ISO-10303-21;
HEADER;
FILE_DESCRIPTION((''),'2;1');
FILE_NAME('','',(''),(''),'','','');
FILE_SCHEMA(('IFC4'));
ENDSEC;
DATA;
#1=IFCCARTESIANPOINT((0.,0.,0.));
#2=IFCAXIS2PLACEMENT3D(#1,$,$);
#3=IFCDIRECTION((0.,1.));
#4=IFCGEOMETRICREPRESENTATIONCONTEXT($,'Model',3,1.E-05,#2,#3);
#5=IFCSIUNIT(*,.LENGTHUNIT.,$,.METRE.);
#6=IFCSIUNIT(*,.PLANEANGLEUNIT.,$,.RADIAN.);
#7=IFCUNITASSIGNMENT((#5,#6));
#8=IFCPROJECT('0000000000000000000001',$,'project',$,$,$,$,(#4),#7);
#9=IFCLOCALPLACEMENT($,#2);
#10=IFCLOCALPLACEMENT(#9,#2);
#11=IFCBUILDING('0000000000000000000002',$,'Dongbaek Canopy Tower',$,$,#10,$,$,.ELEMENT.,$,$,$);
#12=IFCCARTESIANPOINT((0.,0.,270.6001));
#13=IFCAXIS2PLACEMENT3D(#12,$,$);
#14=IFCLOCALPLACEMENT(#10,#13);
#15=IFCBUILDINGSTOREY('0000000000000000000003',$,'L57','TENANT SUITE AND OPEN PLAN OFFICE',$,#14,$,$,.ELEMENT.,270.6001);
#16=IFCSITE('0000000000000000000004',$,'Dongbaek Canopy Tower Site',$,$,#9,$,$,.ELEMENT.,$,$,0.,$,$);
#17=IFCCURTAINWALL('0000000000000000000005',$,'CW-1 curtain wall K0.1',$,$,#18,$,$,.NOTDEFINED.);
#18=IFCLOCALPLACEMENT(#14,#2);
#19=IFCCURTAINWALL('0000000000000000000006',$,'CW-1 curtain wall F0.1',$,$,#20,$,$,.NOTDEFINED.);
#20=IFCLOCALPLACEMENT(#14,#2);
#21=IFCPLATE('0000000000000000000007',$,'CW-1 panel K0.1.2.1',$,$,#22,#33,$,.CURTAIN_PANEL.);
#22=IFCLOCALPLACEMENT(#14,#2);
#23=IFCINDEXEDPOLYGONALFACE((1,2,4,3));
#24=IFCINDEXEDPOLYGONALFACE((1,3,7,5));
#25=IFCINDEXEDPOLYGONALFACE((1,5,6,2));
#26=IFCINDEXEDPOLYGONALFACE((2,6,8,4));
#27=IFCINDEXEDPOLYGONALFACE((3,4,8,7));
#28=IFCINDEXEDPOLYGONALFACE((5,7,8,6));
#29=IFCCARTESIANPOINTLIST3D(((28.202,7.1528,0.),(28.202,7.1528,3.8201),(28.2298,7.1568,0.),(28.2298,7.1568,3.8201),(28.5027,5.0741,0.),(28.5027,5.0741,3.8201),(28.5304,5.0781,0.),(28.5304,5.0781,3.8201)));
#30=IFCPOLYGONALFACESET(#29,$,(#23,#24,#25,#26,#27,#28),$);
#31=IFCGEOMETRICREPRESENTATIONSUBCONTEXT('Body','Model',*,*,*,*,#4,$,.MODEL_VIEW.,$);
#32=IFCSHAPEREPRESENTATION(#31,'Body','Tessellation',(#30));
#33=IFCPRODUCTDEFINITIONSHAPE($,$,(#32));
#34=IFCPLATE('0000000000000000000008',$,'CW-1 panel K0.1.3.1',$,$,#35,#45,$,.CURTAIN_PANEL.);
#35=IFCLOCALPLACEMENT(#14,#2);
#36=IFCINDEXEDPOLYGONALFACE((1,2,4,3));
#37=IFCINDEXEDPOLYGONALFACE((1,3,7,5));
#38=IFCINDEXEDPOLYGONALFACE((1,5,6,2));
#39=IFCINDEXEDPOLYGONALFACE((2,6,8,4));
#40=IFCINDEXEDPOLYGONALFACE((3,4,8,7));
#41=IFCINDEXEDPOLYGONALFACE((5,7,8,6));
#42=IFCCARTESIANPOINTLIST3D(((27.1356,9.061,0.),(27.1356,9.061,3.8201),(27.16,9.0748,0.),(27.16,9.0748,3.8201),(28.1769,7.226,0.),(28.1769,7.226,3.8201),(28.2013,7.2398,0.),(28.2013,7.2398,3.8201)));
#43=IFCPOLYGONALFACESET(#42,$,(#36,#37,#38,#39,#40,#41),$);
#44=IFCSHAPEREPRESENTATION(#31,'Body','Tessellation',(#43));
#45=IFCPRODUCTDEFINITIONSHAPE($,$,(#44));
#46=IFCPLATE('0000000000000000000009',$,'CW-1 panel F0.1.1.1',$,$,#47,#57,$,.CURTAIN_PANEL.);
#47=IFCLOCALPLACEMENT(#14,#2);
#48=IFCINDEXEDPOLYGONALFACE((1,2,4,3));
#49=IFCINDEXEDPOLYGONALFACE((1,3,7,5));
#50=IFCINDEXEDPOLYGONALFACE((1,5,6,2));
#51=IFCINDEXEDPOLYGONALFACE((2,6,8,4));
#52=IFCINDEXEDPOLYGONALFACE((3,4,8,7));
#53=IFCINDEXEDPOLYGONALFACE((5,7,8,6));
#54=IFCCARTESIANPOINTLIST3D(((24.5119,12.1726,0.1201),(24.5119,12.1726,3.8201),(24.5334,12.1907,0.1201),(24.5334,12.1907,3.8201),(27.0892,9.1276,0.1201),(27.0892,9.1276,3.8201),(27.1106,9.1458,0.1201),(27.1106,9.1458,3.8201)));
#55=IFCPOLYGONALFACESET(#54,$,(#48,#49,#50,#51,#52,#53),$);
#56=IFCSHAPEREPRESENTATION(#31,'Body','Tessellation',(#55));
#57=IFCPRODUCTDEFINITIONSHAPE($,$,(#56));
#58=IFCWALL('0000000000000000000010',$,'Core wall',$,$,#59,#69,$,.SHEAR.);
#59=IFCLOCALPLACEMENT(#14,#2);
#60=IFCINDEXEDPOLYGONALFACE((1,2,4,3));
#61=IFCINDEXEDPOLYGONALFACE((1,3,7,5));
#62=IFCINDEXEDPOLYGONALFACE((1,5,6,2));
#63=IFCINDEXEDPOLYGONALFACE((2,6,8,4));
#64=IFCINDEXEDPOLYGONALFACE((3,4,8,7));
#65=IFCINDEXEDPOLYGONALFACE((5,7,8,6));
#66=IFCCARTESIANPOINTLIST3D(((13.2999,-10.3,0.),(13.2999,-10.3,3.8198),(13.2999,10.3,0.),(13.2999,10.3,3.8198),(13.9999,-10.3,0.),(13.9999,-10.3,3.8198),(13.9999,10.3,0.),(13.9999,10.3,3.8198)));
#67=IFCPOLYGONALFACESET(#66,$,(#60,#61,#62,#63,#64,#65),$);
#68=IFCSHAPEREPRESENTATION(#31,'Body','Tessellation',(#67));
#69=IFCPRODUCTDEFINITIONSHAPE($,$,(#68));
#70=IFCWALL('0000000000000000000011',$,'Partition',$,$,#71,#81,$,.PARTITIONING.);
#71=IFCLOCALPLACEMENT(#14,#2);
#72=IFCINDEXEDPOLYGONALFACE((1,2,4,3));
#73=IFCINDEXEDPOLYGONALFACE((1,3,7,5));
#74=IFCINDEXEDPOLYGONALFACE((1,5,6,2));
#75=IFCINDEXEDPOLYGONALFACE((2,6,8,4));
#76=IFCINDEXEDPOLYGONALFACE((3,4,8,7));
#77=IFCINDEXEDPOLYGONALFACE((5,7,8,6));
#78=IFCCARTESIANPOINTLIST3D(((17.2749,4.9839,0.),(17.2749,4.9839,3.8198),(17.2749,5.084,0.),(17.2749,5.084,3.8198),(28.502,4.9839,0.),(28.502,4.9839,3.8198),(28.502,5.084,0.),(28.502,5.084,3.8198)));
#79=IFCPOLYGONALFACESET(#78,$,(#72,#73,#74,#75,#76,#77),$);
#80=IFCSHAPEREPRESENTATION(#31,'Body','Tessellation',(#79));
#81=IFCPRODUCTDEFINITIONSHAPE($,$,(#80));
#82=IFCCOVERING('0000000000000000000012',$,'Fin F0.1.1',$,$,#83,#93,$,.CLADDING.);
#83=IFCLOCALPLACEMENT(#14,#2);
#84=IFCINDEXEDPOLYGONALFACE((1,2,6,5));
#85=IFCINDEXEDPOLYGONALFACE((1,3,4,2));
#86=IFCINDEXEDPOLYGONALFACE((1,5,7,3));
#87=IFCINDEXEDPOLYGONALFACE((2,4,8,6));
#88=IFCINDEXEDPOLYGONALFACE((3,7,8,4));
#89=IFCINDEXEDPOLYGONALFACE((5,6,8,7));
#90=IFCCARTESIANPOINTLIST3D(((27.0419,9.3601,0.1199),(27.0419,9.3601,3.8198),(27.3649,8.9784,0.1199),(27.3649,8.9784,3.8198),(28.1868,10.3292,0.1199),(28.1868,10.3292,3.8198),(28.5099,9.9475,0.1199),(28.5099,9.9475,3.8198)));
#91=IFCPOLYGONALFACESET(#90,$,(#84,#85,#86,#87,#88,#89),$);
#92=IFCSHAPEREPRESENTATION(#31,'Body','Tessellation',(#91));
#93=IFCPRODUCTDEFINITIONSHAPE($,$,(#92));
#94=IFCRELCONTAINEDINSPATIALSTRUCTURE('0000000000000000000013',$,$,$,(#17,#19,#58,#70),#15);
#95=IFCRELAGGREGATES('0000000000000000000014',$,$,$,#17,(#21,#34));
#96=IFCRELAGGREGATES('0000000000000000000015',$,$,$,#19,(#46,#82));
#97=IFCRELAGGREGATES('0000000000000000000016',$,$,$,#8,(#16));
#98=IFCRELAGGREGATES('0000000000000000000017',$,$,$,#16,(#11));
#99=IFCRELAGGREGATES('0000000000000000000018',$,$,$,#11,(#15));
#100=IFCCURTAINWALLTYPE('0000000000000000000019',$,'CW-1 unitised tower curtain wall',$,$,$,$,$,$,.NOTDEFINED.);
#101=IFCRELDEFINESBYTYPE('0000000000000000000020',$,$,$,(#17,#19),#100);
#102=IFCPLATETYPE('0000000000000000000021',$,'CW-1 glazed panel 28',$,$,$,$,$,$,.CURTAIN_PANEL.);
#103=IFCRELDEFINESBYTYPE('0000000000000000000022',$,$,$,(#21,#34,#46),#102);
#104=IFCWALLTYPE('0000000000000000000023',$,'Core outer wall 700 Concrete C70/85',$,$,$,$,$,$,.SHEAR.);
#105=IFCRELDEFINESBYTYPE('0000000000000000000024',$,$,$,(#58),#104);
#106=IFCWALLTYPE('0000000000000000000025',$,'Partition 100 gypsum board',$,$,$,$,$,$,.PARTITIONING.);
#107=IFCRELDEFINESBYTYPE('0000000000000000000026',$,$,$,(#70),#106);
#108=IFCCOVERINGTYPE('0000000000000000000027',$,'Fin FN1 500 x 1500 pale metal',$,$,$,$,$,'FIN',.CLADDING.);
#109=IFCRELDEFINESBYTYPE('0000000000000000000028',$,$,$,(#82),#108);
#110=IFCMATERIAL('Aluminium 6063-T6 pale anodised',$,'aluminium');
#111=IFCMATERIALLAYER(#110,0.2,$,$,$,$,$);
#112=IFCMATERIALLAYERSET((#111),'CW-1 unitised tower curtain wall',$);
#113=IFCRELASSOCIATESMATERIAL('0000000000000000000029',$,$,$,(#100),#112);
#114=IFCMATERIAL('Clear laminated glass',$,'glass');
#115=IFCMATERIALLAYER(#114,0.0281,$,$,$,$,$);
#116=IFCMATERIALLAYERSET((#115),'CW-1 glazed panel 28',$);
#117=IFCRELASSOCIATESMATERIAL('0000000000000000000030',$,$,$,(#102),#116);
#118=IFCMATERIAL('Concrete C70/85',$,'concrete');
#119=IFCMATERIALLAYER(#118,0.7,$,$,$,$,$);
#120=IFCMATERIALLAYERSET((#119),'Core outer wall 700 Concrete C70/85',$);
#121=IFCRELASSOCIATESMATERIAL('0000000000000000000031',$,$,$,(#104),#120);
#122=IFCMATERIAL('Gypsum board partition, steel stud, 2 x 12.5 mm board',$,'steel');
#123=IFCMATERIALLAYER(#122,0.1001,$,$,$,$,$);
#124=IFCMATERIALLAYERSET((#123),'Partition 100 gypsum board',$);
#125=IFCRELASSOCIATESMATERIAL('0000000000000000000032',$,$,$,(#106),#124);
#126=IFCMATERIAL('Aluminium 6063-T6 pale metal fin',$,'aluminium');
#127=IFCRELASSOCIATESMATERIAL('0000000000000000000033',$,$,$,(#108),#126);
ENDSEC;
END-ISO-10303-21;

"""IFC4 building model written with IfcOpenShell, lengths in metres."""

from ifc_helpers import new_model, si_unit, direction, frame, frame_2d, origin, origin_2d, place, context, subcontext, project, spatial, rectangle, extrude, material, layer, layer_set, material_profile, profile_set, type_object, element, aggregate, save


model = new_model("IFC4")

# Units and contexts
model_context = context("Model", 3, precision=1e-05, world=origin(), true_north=direction((0.0, 1.0)))
body_context = subcontext(model_context, "Body", "Model", "MODEL_VIEW")
ifc_project = project(units=[si_unit("LENGTHUNIT", "METRE"), si_unit("PLANEANGLEUNIT", "RADIAN")], contexts=[model_context])

# Site, building, storey
site_placement = place(None, origin())
site = spatial("IfcSite", under=ifc_project, at=site_placement, Name="Dongbaek Canopy Tower Site", CompositionType="ELEMENT", RefElevation=0.0)
building_placement = place(site_placement, origin())
building = spatial("IfcBuilding", under=site, at=building_placement, Name="Dongbaek Canopy Tower", CompositionType="ELEMENT")
storey_placement = place(building_placement, frame((0.0, 0.0, 270.6001)))
storey = spatial("IfcBuildingStorey", under=building, at=storey_placement, Name="L57", Description="TENANT SUITE AND OPEN PLAN OFFICE", CompositionType="ELEMENT", Elevation=270.6001)

# Curtain walls
ifc_material_1 = material(Name="Aluminium 6063-T6 pale anodised", Category="aluminium")
ifc_layer_1 = layer(ifc_material_1, 0.2)
ifc_layer_set_1 = layer_set([ifc_layer_1], Name="CW-1 unitised tower curtain wall")
curtain_wall_type = type_object("IfcCurtainWallType", Name="CW-1 unitised tower curtain wall", PredefinedType="NOTDEFINED", material=ifc_layer_set_1)
curtain_wall_1_placement = place(storey_placement, origin())
curtain_wall_1 = element("IfcCurtainWall", 1, at=curtain_wall_1_placement, inside=storey, type_object=curtain_wall_type, Name="CW-1 curtain wall K0.1", PredefinedType="NOTDEFINED")
curtain_wall_2_placement = place(storey_placement, origin())
curtain_wall_2 = element("IfcCurtainWall", 2, at=curtain_wall_2_placement, inside=storey, type_object=curtain_wall_type, Name="CW-1 curtain wall F0.1", PredefinedType="NOTDEFINED")

# Plates
ifc_material_2 = material(Name="Clear laminated glass", Category="glass")
ifc_layer_2 = layer(ifc_material_2, 0.0281)
ifc_layer_set_2 = layer_set([ifc_layer_2], Name="CW-1 glazed panel 28")
plate_type = type_object("IfcPlateType", Name="CW-1 glazed panel 28", PredefinedType="CURTAIN_PANEL", material=ifc_layer_set_2)
plate_1_placement = place(storey_placement, frame((28.3662, 6.1155, 0.0), z_axis=(0.0, 0.0, 1.0), x_axis=(-0.143155, 0.9897, 0.0)))
plate_1 = element("IfcPlate", 3, at=plate_1_placement, type_object=plate_type, Name="CW-1 panel K0.1.2.1", PredefinedType="CURTAIN_PANEL", context=body_context, shape_type="SweptSolid", body=[
    extrude(rectangle(XDim=2.1003, YDim=0.0281, at=origin_2d()), origin(), (0.0, 0.0, 1.0), 3.8201),
])
plate_2_placement = place(storey_placement, frame((27.6685, 8.1504, 0.0), z_axis=(0.0, 0.0, 1.0), x_axis=(-0.493538, 0.869724, 0.0)))
plate_2 = element("IfcPlate", 4, at=plate_2_placement, type_object=plate_type, Name="CW-1 panel K0.1.3.1", PredefinedType="CURTAIN_PANEL", context=body_context, shape_type="SweptSolid", body=[
    extrude(rectangle(XDim=2.1099, YDim=0.0281, at=origin_2d()), origin(), (0.0, 0.0, 1.0), 3.8201),
])
aggregate(curtain_wall_1, [plate_1, plate_2])
plate_3_placement = place(storey_placement, frame((25.8113, 10.6592, 0.1201), z_axis=(0.0, 0.0, 1.0), x_axis=(-0.646055, 0.763291, 0.0)))
plate_3 = element("IfcPlate", 5, at=plate_3_placement, type_object=plate_type, Name="CW-1 panel F0.1.1.1", PredefinedType="CURTAIN_PANEL", context=body_context, shape_type="SweptSolid", body=[
    extrude(rectangle(XDim=3.9893, YDim=0.0281, at=origin_2d()), origin(), (0.0, 0.0, 1.0), 3.7),
])

# Walls
ifc_material_3 = material(Name="Concrete C70/85", Category="concrete")
ifc_layer_3 = layer(ifc_material_3, 0.7)
ifc_layer_set_3 = layer_set([ifc_layer_3], Name="Core outer wall 700 Concrete C70/85")
wall_type_1 = type_object("IfcWallType", Name="Core outer wall 700 Concrete C70/85", PredefinedType="SHEAR", material=ifc_layer_set_3)
wall_1_placement = place(storey_placement, frame((13.6499, 10.3, 0.0), z_axis=(0.0, 0.0, 1.0), x_axis=(0.0, -1.0, 0.0)))
element("IfcWall", 6, at=wall_1_placement, inside=storey, type_object=wall_type_1, Name="Core wall", PredefinedType="SHEAR", context=body_context, shape_type="SweptSolid", body=[
    extrude(rectangle(XDim=20.6001, YDim=0.7, at=frame_2d((10.3, 0.0))), origin(), (0.0, 0.0, 1.0), 3.8198),
])
ifc_material_4 = material(Name="Gypsum board partition, steel stud, 2 x 12.5 mm board", Category="steel")
ifc_layer_4 = layer(ifc_material_4, 0.1001)
ifc_layer_set_4 = layer_set([ifc_layer_4], Name="Partition 100 gypsum board")
wall_type_2 = type_object("IfcWallType", Name="Partition 100 gypsum board", PredefinedType="PARTITIONING", material=ifc_layer_set_4)
wall_2_placement = place(storey_placement, frame((17.2749, 5.0339, 0.0), z_axis=(0.0, 0.0, 1.0), x_axis=(1.0, 0.0, 0.0)))
element("IfcWall", 7, at=wall_2_placement, inside=storey, type_object=wall_type_2, Name="Partition", PredefinedType="PARTITIONING", context=body_context, shape_type="SweptSolid", body=[
    extrude(rectangle(XDim=11.2271, YDim=0.1001, at=frame_2d((5.6135, 0.0))), origin(), (0.0, 0.0, 1.0), 3.8198),
])

# Covering
ifc_material_5 = material(Name="Aluminium 6063-T6 pale metal fin", Category="aluminium")
ifc_material_profile_1 = material_profile(ifc_material_5, rectangle(XDim=1.5, YDim=0.5, at=origin_2d()), Name="Fin FN1 500 x 1500 pale metal")
ifc_profile_set_1 = profile_set([ifc_material_profile_1], Name="Aluminium 6063-T6 pale metal fin")
covering_type = type_object("IfcCoveringType", Name="Fin FN1 500 x 1500 pale metal", ElementType="FIN", PredefinedType="CLADDING", material=ifc_profile_set_1)
covering_placement = place(storey_placement, frame((27.7759, 9.6538, 0.1199), z_axis=(0.0, 0.0, 1.0), x_axis=(0.763291, 0.646055, 0.0)))
covering = element("IfcCovering", 8, at=covering_placement, type_object=covering_type, Name="Fin F0.1.1", PredefinedType="CLADDING", context=body_context, shape_type="SweptSolid", body=[
    extrude(rectangle(XDim=1.5, YDim=0.5, at=origin_2d()), origin(), (0.0, 0.0, 1.0), 3.7),
])
aggregate(curtain_wall_2, [plate_3, covering])

save(model, "model.ifc")
